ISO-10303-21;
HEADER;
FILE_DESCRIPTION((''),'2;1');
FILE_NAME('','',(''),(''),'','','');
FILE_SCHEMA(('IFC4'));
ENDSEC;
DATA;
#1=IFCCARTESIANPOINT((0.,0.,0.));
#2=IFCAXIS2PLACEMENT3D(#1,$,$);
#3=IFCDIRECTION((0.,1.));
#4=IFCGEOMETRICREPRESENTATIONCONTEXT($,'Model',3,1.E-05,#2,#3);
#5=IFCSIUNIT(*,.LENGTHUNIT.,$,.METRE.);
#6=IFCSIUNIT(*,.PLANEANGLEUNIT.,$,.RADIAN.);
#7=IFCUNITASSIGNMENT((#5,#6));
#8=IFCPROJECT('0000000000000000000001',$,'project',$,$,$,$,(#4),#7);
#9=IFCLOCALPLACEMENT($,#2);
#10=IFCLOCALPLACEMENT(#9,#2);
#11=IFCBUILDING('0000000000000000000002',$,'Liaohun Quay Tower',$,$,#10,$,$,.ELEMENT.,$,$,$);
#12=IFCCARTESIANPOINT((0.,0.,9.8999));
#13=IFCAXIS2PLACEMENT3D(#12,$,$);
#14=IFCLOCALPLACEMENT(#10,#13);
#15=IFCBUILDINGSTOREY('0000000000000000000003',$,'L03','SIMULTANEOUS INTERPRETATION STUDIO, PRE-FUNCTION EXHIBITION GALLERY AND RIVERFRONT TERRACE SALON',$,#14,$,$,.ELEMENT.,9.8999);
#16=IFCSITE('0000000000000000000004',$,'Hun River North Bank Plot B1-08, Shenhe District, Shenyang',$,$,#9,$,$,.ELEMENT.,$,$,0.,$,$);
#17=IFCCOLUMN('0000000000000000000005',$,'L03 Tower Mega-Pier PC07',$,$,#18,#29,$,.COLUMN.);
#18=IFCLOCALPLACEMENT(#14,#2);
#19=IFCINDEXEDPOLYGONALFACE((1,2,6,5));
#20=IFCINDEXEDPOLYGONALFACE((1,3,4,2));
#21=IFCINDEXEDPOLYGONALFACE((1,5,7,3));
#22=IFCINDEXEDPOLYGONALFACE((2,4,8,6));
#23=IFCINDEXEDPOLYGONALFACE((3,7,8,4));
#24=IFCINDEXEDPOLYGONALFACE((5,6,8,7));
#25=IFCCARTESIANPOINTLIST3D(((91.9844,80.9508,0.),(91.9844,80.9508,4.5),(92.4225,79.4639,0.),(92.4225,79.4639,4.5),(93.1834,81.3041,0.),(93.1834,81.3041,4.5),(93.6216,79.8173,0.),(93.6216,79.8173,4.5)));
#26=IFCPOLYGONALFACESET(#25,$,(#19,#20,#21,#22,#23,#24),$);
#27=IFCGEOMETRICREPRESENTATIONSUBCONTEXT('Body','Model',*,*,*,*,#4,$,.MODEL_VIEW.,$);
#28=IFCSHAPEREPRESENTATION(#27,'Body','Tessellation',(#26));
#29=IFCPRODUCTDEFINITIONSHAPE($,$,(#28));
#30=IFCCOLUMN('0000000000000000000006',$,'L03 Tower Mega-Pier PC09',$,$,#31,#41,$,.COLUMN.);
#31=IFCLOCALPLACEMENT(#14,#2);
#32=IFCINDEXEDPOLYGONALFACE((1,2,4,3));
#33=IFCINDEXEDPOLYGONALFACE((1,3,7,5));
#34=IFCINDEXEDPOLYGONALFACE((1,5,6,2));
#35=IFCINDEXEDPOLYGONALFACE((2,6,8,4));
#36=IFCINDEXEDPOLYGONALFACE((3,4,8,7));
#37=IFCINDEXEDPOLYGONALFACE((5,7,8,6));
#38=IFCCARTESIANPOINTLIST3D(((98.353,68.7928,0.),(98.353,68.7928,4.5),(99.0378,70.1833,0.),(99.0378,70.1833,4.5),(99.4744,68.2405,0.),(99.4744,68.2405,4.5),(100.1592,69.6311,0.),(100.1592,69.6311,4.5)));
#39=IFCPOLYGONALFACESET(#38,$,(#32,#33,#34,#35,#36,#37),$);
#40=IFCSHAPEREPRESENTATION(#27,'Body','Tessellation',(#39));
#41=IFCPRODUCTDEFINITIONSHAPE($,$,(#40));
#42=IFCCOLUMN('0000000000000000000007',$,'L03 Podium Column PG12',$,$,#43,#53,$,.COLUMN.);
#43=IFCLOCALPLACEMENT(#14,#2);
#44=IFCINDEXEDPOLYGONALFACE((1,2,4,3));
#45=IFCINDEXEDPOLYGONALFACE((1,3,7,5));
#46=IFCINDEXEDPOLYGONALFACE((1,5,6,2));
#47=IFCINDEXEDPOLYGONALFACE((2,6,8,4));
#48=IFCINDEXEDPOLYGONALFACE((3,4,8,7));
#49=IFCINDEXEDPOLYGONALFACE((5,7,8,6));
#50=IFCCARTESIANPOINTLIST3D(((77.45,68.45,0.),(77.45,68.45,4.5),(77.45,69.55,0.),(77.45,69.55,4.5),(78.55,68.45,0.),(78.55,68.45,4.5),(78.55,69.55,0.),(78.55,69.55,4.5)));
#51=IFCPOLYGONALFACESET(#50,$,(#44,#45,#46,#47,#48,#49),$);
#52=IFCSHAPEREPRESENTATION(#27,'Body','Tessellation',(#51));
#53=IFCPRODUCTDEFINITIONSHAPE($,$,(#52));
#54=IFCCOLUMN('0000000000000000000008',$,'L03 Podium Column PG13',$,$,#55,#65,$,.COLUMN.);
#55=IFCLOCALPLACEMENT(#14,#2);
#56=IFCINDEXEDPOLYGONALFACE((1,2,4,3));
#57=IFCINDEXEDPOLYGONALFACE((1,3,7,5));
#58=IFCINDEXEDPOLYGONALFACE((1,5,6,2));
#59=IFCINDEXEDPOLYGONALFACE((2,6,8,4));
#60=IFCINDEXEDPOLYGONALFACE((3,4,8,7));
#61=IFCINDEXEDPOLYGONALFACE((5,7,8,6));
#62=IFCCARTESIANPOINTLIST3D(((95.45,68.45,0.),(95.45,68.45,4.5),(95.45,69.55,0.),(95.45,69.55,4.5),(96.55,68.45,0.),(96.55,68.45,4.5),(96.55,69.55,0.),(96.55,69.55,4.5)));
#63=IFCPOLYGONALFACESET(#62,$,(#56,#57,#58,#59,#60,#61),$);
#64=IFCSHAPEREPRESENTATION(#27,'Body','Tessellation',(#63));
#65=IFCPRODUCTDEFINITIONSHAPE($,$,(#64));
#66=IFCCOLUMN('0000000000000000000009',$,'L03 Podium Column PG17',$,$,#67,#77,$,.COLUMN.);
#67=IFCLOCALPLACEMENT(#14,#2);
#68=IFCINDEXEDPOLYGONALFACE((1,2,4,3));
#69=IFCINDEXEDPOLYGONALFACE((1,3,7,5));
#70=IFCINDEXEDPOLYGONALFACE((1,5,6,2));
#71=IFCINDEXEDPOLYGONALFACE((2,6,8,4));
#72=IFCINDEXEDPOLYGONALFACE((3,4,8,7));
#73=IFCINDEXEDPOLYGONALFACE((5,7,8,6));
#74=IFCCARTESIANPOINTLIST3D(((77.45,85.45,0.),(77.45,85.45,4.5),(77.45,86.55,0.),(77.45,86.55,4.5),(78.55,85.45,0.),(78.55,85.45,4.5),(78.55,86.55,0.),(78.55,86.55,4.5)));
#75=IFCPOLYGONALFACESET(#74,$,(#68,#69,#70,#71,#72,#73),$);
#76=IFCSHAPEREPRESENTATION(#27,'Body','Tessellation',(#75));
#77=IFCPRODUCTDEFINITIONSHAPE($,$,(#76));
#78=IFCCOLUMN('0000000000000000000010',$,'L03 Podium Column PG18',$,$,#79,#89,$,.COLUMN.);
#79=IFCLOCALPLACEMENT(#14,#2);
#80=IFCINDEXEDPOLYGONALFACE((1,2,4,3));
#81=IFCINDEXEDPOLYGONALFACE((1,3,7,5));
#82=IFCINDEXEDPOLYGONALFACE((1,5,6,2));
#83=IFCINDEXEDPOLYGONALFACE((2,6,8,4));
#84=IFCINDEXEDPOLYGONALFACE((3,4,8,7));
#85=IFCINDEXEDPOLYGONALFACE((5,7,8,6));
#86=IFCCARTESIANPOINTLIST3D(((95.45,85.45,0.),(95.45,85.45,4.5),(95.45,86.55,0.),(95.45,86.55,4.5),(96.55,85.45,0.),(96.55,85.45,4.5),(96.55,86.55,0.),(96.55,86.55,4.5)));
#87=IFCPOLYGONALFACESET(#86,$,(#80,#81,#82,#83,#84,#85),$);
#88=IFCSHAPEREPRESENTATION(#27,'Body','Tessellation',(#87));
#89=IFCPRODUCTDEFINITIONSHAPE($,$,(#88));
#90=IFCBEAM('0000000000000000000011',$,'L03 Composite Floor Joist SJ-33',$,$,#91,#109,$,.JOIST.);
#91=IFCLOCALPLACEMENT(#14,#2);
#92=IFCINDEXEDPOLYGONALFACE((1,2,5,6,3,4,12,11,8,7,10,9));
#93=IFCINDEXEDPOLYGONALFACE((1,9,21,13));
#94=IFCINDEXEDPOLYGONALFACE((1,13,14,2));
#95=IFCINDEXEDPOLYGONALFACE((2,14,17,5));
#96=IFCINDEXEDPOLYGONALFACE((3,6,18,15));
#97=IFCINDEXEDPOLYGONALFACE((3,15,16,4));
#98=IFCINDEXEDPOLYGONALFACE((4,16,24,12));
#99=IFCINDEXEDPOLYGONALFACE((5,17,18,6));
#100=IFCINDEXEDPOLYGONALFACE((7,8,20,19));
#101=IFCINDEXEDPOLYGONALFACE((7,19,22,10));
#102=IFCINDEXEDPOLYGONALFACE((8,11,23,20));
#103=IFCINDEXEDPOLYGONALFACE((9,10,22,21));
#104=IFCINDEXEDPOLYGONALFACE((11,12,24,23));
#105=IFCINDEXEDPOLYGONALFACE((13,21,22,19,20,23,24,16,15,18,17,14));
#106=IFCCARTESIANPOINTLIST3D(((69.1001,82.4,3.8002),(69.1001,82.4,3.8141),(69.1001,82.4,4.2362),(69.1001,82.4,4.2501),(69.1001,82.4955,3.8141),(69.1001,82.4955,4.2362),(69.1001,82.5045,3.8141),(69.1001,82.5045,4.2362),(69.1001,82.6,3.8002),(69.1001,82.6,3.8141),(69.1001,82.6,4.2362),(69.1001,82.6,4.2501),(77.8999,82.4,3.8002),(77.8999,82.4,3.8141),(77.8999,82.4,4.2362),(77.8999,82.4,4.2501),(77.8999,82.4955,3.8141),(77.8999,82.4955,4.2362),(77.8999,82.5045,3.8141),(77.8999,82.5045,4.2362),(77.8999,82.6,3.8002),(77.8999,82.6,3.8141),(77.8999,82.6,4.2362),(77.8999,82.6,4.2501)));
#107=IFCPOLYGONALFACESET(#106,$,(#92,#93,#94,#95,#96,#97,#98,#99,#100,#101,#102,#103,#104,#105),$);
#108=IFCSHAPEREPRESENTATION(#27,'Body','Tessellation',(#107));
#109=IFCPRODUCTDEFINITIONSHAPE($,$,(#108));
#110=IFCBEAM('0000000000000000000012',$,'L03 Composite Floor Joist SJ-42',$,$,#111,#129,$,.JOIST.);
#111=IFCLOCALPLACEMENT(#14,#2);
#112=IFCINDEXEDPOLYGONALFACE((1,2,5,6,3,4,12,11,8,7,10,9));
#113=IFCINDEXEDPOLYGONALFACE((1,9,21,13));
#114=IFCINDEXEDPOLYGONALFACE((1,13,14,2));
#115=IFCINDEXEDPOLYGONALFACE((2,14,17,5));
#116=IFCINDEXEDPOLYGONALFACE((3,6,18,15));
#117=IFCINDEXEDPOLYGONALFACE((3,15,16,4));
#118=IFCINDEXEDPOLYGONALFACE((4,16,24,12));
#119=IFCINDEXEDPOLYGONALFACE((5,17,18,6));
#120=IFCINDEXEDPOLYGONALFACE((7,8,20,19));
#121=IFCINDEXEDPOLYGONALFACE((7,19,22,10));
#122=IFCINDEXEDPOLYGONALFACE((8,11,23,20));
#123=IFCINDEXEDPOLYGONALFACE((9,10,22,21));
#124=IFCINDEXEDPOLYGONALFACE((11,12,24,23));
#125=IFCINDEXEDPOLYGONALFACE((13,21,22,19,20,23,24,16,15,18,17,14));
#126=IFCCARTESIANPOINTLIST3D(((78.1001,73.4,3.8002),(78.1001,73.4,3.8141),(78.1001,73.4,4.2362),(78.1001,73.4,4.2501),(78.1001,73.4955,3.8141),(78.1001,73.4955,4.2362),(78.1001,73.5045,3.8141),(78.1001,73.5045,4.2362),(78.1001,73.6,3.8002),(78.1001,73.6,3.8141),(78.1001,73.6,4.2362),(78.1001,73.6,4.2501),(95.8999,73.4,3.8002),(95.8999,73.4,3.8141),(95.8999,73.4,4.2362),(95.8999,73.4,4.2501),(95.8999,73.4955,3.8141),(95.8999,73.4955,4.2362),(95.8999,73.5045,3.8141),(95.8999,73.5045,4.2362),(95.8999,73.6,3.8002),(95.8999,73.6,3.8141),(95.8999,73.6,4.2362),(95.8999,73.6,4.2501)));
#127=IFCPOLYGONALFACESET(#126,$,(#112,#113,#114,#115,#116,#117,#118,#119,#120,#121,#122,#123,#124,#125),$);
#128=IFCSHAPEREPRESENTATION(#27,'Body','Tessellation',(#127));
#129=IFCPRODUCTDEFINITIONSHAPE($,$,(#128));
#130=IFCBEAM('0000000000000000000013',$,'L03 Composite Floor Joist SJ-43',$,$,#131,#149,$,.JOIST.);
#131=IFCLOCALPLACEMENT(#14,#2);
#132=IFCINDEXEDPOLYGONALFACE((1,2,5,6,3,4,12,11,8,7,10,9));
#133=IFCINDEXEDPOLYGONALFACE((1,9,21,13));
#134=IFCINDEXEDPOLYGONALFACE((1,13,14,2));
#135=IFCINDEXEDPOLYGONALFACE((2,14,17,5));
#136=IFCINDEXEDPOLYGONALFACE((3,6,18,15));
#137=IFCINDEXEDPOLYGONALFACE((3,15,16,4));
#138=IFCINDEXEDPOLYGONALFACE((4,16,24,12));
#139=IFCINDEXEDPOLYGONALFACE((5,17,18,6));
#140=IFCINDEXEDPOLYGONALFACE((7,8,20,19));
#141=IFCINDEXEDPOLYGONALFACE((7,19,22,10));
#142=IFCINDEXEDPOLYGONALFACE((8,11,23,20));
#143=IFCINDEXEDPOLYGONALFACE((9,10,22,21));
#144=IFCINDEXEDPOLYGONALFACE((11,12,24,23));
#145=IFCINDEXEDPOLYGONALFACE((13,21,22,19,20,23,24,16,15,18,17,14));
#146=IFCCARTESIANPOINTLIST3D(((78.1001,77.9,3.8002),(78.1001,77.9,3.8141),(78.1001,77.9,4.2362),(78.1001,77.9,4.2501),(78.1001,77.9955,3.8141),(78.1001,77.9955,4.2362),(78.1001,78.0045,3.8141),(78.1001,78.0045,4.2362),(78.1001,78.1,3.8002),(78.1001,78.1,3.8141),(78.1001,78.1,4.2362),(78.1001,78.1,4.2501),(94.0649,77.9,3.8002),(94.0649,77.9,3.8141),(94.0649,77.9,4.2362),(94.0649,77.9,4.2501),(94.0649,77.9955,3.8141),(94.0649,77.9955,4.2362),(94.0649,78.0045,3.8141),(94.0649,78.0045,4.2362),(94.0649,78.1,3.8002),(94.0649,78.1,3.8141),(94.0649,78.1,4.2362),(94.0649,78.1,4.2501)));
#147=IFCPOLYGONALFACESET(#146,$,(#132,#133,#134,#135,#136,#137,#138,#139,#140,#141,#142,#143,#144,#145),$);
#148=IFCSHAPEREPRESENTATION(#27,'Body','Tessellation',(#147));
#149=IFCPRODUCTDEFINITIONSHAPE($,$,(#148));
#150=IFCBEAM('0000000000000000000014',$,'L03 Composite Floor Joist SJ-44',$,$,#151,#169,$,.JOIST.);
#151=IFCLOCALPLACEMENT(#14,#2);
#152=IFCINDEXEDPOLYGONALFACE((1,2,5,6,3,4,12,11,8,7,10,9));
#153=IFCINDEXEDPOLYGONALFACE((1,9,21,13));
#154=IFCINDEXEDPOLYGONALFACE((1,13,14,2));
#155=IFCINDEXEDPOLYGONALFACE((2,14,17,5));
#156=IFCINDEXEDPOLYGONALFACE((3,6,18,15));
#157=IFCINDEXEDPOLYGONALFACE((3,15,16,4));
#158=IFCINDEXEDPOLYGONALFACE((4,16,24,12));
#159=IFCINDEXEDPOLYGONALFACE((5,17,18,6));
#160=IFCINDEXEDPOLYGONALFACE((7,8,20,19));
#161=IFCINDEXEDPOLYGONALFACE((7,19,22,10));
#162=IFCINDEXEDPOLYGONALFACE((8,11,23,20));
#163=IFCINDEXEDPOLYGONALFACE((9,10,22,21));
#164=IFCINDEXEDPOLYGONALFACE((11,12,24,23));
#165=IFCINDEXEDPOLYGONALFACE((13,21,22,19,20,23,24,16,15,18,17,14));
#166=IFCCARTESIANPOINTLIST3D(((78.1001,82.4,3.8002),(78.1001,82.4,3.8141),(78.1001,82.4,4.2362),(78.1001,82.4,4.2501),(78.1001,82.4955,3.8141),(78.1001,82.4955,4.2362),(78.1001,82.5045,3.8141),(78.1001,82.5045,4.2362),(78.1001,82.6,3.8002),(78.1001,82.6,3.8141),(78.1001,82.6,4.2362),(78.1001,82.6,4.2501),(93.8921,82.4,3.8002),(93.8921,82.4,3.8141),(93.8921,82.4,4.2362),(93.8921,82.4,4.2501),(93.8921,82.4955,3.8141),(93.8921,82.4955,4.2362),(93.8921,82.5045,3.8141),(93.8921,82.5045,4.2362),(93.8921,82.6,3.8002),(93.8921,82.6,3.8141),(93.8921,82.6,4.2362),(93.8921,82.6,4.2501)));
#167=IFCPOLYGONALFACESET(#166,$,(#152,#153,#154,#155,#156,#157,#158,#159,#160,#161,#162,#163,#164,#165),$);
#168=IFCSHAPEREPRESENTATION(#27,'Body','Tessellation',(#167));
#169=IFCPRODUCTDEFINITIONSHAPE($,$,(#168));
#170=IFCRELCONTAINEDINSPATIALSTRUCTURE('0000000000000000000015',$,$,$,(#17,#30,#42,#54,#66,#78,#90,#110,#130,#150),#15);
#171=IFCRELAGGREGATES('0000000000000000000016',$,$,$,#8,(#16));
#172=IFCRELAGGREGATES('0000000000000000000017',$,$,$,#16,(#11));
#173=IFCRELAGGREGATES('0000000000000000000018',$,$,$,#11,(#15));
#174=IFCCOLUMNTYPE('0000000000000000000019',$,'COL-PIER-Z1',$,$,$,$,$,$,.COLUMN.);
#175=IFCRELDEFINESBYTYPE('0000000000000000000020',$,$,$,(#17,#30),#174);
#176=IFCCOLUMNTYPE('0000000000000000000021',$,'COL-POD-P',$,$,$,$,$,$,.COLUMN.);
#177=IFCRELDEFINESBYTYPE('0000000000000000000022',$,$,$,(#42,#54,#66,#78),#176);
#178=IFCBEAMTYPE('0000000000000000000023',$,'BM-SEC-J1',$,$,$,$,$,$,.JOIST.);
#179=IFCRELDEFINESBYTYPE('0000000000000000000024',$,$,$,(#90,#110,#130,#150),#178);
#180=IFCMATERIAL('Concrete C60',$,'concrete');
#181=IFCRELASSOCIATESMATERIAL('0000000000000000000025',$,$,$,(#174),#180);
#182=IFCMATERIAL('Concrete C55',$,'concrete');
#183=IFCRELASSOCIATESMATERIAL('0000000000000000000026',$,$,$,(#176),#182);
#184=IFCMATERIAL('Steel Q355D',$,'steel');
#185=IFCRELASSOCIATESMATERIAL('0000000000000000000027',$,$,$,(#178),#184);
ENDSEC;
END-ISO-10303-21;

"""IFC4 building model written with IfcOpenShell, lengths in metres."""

from ifc_helpers import new_model, si_unit, direction, frame, origin, origin_2d, place, context, subcontext, project, spatial, rectangle, i_section, extrude, source, transform, mapped, material, material_profile, profile_set, type_object, element, save


model = new_model("IFC4")

# Units and contexts
model_context = context("Model", 3, precision=1e-05, world=origin(), true_north=direction((0.0, 1.0)))
body_context = subcontext(model_context, "Body", "Model", "MODEL_VIEW")
ifc_project = project(units=[si_unit("LENGTHUNIT", "METRE"), si_unit("PLANEANGLEUNIT", "RADIAN")], contexts=[model_context])

# Site, building, storey
site_placement = place(None, origin())
site = spatial("IfcSite", under=ifc_project, at=site_placement, Name="Hun River North Bank Plot B1-08, Shenhe District, Shenyang", CompositionType="ELEMENT", RefElevation=0.0)
building_placement = place(site_placement, origin())
building = spatial("IfcBuilding", under=site, at=building_placement, Name="Liaohun Quay Tower", CompositionType="ELEMENT")
storey_placement = place(building_placement, frame((0.0, 0.0, 9.8999)))
storey = spatial("IfcBuildingStorey", under=building, at=storey_placement, Name="L03", Description="SIMULTANEOUS INTERPRETATION STUDIO, PRE-FUNCTION EXHIBITION GALLERY AND RIVERFRONT TERRACE SALON", CompositionType="ELEMENT", Elevation=9.8999)

# Columns
ifc_material_1 = material(Name="Concrete C60", Category="concrete")
ifc_material_profile_1 = material_profile(ifc_material_1, rectangle(XDim=1.55, YDim=1.25, at=origin_2d()), Name="RC1550x1250")
ifc_profile_set_1 = profile_set([ifc_material_profile_1], Name="Concrete C60")
column_type_1 = type_object("IfcColumnType", Name="COL-PIER-Z1", PredefinedType="COLUMN", material=ifc_profile_set_1)
shared_shape_1 = source(origin(), body_context, "Body", "SweptSolid", [
    extrude(rectangle(XDim=1.55, YDim=1.25, at=origin_2d()), origin(), (0.0, 0.0, 1.0), 4.5),
])
for number, where, z_axis, x_axis, name in (
    (1, (92.803, 80.384, 0.0), (0.0, 0.0, 1.0), (-0.282676, 0.959215, 0.0), "L03 Tower Mega-Pier PC07"),
    (2, (99.2561, 69.2119, 0.0), (0.0, 0.0, 1.0), (0.441819, 0.897104, 0.0), "L03 Tower Mega-Pier PC09"),
):
    element("IfcColumn", number, at=place(storey_placement, frame(where, z_axis=z_axis, x_axis=x_axis)), inside=storey, type_object=column_type_1, Name=name, PredefinedType="COLUMN", context=body_context, shape_type="MappedRepresentation", body=[
        mapped(shared_shape_1, transform((0.0, 0.0, 0.0), x_axis=(1.0, 0.0, 0.0), y_axis=(0.0, 1.0, 0.0), z_axis=(0.0, 0.0, 1.0), scale=1.0)),
    ])
ifc_material_2 = material(Name="Concrete C55", Category="concrete")
ifc_material_profile_2 = material_profile(ifc_material_2, rectangle(XDim=1.1001, YDim=1.1001, at=origin_2d()), Name="RC1100x1100")
ifc_profile_set_2 = profile_set([ifc_material_profile_2], Name="Concrete C55")
column_type_2 = type_object("IfcColumnType", Name="COL-POD-P", PredefinedType="COLUMN", material=ifc_profile_set_2)
shared_shape_2 = source(origin(), body_context, "Body", "SweptSolid", [
    extrude(rectangle(XDim=1.1001, YDim=1.1001, at=origin_2d()), origin(), (0.0, 0.0, 1.0), 4.5),
])
for number, where, z_axis, x_axis, name in (
    (3, (78.0, 69.0, 0.0), (0.0, 0.0, 1.0), (1.0, 0.0, 0.0), "L03 Podium Column PG12"),
    (4, (96.0, 69.0, 0.0), (0.0, 0.0, 1.0), (1.0, 0.0, 0.0), "L03 Podium Column PG13"),
    (5, (78.0, 86.0, 0.0), (0.0, 0.0, 1.0), (1.0, 0.0, 0.0), "L03 Podium Column PG17"),
    (6, (96.0, 86.0, 0.0), (0.0, 0.0, 1.0), (1.0, 0.0, 0.0), "L03 Podium Column PG18"),
):
    element("IfcColumn", number, at=place(storey_placement, frame(where, z_axis=z_axis, x_axis=x_axis)), inside=storey, type_object=column_type_2, Name=name, PredefinedType="COLUMN", context=body_context, shape_type="MappedRepresentation", body=[
        mapped(shared_shape_2, transform((0.0, 0.0, 0.0), x_axis=(1.0, 0.0, 0.0), y_axis=(0.0, 1.0, 0.0), z_axis=(0.0, 0.0, 1.0), scale=1.0)),
    ])

# Beams
ifc_material_3 = material(Name="Steel Q355D", Category="steel")
ifc_material_profile_3 = material_profile(ifc_material_3, i_section(OverallWidth=0.2, OverallDepth=0.45, WebThickness=0.009, FlangeThickness=0.0139, at=origin_2d()), Name="HN450x200x9x14")
ifc_profile_set_3 = profile_set([ifc_material_profile_3], Name="Steel Q355D")
beam_type_1 = type_object("IfcBeamType", Name="BM-SEC-J1", PredefinedType="JOIST", material=ifc_profile_set_3)
shared_shape_3 = source(origin(), body_context, "Body", "SweptSolid", [
    extrude(i_section(OverallWidth=0.2, OverallDepth=0.45, WebThickness=0.009, FlangeThickness=0.0139, at=origin_2d()), origin(), (0.0, 0.0, 1.0), 8.7998),
])
beam_1_placement = place(storey_placement, frame((69.1001, 82.5, 4.0251), z_axis=(1.0, 0.0, 0.0), x_axis=(0.0, 1.0, 0.0)))
element("IfcBeam", 7, at=beam_1_placement, inside=storey, type_object=beam_type_1, Name="L03 Composite Floor Joist SJ-33", PredefinedType="JOIST", context=body_context, shape_type="MappedRepresentation", body=[
    mapped(shared_shape_3, transform((0.0, 0.0, 0.0), x_axis=(1.0, 0.0, 0.0), y_axis=(0.0, 1.0, 0.0), z_axis=(0.0, 0.0, 1.0), scale=1.0)),
])
shared_shape_4 = source(origin(), body_context, "Body", "SweptSolid", [
    extrude(i_section(OverallWidth=0.2, OverallDepth=0.45, WebThickness=0.009, FlangeThickness=0.0139, at=origin_2d()), origin(), (0.0, 0.0, 1.0), 17.7998),
])
beam_2_placement = place(storey_placement, frame((78.1001, 73.5, 4.0251), z_axis=(1.0, 0.0, 0.0), x_axis=(0.0, 1.0, 0.0)))
element("IfcBeam", 8, at=beam_2_placement, inside=storey, type_object=beam_type_1, Name="L03 Composite Floor Joist SJ-42", PredefinedType="JOIST", context=body_context, shape_type="MappedRepresentation", body=[
    mapped(shared_shape_4, transform((0.0, 0.0, 0.0), x_axis=(1.0, 0.0, 0.0), y_axis=(0.0, 1.0, 0.0), z_axis=(0.0, 0.0, 1.0), scale=1.0)),
])
shared_shape_5 = source(origin(), body_context, "Body", "SweptSolid", [
    extrude(i_section(OverallWidth=0.2, OverallDepth=0.45, WebThickness=0.009, FlangeThickness=0.0139, at=origin_2d()), origin(), (0.0, 0.0, 1.0), 15.9648),
])
beam_3_placement = place(storey_placement, frame((78.1001, 78.0, 4.0251), z_axis=(1.0, 0.0, 0.0), x_axis=(0.0, 1.0, 0.0)))
element("IfcBeam", 9, at=beam_3_placement, inside=storey, type_object=beam_type_1, Name="L03 Composite Floor Joist SJ-43", PredefinedType="JOIST", context=body_context, shape_type="MappedRepresentation", body=[
    mapped(shared_shape_5, transform((0.0, 0.0, 0.0), x_axis=(1.0, 0.0, 0.0), y_axis=(0.0, 1.0, 0.0), z_axis=(0.0, 0.0, 1.0), scale=1.0)),
])
shared_shape_6 = source(origin(), body_context, "Body", "SweptSolid", [
    extrude(i_section(OverallWidth=0.2, OverallDepth=0.45, WebThickness=0.009, FlangeThickness=0.0139, at=origin_2d()), origin(), (0.0, 0.0, 1.0), 15.792),
])
beam_4_placement = place(storey_placement, frame((78.1001, 82.5, 4.0251), z_axis=(1.0, 0.0, 0.0), x_axis=(0.0, 1.0, 0.0)))
element("IfcBeam", 10, at=beam_4_placement, inside=storey, type_object=beam_type_1, Name="L03 Composite Floor Joist SJ-44", PredefinedType="JOIST", context=body_context, shape_type="MappedRepresentation", body=[
    mapped(shared_shape_6, transform((0.0, 0.0, 0.0), x_axis=(1.0, 0.0, 0.0), y_axis=(0.0, 1.0, 0.0), z_axis=(0.0, 0.0, 1.0), scale=1.0)),
])

save(model, "model.ifc")
